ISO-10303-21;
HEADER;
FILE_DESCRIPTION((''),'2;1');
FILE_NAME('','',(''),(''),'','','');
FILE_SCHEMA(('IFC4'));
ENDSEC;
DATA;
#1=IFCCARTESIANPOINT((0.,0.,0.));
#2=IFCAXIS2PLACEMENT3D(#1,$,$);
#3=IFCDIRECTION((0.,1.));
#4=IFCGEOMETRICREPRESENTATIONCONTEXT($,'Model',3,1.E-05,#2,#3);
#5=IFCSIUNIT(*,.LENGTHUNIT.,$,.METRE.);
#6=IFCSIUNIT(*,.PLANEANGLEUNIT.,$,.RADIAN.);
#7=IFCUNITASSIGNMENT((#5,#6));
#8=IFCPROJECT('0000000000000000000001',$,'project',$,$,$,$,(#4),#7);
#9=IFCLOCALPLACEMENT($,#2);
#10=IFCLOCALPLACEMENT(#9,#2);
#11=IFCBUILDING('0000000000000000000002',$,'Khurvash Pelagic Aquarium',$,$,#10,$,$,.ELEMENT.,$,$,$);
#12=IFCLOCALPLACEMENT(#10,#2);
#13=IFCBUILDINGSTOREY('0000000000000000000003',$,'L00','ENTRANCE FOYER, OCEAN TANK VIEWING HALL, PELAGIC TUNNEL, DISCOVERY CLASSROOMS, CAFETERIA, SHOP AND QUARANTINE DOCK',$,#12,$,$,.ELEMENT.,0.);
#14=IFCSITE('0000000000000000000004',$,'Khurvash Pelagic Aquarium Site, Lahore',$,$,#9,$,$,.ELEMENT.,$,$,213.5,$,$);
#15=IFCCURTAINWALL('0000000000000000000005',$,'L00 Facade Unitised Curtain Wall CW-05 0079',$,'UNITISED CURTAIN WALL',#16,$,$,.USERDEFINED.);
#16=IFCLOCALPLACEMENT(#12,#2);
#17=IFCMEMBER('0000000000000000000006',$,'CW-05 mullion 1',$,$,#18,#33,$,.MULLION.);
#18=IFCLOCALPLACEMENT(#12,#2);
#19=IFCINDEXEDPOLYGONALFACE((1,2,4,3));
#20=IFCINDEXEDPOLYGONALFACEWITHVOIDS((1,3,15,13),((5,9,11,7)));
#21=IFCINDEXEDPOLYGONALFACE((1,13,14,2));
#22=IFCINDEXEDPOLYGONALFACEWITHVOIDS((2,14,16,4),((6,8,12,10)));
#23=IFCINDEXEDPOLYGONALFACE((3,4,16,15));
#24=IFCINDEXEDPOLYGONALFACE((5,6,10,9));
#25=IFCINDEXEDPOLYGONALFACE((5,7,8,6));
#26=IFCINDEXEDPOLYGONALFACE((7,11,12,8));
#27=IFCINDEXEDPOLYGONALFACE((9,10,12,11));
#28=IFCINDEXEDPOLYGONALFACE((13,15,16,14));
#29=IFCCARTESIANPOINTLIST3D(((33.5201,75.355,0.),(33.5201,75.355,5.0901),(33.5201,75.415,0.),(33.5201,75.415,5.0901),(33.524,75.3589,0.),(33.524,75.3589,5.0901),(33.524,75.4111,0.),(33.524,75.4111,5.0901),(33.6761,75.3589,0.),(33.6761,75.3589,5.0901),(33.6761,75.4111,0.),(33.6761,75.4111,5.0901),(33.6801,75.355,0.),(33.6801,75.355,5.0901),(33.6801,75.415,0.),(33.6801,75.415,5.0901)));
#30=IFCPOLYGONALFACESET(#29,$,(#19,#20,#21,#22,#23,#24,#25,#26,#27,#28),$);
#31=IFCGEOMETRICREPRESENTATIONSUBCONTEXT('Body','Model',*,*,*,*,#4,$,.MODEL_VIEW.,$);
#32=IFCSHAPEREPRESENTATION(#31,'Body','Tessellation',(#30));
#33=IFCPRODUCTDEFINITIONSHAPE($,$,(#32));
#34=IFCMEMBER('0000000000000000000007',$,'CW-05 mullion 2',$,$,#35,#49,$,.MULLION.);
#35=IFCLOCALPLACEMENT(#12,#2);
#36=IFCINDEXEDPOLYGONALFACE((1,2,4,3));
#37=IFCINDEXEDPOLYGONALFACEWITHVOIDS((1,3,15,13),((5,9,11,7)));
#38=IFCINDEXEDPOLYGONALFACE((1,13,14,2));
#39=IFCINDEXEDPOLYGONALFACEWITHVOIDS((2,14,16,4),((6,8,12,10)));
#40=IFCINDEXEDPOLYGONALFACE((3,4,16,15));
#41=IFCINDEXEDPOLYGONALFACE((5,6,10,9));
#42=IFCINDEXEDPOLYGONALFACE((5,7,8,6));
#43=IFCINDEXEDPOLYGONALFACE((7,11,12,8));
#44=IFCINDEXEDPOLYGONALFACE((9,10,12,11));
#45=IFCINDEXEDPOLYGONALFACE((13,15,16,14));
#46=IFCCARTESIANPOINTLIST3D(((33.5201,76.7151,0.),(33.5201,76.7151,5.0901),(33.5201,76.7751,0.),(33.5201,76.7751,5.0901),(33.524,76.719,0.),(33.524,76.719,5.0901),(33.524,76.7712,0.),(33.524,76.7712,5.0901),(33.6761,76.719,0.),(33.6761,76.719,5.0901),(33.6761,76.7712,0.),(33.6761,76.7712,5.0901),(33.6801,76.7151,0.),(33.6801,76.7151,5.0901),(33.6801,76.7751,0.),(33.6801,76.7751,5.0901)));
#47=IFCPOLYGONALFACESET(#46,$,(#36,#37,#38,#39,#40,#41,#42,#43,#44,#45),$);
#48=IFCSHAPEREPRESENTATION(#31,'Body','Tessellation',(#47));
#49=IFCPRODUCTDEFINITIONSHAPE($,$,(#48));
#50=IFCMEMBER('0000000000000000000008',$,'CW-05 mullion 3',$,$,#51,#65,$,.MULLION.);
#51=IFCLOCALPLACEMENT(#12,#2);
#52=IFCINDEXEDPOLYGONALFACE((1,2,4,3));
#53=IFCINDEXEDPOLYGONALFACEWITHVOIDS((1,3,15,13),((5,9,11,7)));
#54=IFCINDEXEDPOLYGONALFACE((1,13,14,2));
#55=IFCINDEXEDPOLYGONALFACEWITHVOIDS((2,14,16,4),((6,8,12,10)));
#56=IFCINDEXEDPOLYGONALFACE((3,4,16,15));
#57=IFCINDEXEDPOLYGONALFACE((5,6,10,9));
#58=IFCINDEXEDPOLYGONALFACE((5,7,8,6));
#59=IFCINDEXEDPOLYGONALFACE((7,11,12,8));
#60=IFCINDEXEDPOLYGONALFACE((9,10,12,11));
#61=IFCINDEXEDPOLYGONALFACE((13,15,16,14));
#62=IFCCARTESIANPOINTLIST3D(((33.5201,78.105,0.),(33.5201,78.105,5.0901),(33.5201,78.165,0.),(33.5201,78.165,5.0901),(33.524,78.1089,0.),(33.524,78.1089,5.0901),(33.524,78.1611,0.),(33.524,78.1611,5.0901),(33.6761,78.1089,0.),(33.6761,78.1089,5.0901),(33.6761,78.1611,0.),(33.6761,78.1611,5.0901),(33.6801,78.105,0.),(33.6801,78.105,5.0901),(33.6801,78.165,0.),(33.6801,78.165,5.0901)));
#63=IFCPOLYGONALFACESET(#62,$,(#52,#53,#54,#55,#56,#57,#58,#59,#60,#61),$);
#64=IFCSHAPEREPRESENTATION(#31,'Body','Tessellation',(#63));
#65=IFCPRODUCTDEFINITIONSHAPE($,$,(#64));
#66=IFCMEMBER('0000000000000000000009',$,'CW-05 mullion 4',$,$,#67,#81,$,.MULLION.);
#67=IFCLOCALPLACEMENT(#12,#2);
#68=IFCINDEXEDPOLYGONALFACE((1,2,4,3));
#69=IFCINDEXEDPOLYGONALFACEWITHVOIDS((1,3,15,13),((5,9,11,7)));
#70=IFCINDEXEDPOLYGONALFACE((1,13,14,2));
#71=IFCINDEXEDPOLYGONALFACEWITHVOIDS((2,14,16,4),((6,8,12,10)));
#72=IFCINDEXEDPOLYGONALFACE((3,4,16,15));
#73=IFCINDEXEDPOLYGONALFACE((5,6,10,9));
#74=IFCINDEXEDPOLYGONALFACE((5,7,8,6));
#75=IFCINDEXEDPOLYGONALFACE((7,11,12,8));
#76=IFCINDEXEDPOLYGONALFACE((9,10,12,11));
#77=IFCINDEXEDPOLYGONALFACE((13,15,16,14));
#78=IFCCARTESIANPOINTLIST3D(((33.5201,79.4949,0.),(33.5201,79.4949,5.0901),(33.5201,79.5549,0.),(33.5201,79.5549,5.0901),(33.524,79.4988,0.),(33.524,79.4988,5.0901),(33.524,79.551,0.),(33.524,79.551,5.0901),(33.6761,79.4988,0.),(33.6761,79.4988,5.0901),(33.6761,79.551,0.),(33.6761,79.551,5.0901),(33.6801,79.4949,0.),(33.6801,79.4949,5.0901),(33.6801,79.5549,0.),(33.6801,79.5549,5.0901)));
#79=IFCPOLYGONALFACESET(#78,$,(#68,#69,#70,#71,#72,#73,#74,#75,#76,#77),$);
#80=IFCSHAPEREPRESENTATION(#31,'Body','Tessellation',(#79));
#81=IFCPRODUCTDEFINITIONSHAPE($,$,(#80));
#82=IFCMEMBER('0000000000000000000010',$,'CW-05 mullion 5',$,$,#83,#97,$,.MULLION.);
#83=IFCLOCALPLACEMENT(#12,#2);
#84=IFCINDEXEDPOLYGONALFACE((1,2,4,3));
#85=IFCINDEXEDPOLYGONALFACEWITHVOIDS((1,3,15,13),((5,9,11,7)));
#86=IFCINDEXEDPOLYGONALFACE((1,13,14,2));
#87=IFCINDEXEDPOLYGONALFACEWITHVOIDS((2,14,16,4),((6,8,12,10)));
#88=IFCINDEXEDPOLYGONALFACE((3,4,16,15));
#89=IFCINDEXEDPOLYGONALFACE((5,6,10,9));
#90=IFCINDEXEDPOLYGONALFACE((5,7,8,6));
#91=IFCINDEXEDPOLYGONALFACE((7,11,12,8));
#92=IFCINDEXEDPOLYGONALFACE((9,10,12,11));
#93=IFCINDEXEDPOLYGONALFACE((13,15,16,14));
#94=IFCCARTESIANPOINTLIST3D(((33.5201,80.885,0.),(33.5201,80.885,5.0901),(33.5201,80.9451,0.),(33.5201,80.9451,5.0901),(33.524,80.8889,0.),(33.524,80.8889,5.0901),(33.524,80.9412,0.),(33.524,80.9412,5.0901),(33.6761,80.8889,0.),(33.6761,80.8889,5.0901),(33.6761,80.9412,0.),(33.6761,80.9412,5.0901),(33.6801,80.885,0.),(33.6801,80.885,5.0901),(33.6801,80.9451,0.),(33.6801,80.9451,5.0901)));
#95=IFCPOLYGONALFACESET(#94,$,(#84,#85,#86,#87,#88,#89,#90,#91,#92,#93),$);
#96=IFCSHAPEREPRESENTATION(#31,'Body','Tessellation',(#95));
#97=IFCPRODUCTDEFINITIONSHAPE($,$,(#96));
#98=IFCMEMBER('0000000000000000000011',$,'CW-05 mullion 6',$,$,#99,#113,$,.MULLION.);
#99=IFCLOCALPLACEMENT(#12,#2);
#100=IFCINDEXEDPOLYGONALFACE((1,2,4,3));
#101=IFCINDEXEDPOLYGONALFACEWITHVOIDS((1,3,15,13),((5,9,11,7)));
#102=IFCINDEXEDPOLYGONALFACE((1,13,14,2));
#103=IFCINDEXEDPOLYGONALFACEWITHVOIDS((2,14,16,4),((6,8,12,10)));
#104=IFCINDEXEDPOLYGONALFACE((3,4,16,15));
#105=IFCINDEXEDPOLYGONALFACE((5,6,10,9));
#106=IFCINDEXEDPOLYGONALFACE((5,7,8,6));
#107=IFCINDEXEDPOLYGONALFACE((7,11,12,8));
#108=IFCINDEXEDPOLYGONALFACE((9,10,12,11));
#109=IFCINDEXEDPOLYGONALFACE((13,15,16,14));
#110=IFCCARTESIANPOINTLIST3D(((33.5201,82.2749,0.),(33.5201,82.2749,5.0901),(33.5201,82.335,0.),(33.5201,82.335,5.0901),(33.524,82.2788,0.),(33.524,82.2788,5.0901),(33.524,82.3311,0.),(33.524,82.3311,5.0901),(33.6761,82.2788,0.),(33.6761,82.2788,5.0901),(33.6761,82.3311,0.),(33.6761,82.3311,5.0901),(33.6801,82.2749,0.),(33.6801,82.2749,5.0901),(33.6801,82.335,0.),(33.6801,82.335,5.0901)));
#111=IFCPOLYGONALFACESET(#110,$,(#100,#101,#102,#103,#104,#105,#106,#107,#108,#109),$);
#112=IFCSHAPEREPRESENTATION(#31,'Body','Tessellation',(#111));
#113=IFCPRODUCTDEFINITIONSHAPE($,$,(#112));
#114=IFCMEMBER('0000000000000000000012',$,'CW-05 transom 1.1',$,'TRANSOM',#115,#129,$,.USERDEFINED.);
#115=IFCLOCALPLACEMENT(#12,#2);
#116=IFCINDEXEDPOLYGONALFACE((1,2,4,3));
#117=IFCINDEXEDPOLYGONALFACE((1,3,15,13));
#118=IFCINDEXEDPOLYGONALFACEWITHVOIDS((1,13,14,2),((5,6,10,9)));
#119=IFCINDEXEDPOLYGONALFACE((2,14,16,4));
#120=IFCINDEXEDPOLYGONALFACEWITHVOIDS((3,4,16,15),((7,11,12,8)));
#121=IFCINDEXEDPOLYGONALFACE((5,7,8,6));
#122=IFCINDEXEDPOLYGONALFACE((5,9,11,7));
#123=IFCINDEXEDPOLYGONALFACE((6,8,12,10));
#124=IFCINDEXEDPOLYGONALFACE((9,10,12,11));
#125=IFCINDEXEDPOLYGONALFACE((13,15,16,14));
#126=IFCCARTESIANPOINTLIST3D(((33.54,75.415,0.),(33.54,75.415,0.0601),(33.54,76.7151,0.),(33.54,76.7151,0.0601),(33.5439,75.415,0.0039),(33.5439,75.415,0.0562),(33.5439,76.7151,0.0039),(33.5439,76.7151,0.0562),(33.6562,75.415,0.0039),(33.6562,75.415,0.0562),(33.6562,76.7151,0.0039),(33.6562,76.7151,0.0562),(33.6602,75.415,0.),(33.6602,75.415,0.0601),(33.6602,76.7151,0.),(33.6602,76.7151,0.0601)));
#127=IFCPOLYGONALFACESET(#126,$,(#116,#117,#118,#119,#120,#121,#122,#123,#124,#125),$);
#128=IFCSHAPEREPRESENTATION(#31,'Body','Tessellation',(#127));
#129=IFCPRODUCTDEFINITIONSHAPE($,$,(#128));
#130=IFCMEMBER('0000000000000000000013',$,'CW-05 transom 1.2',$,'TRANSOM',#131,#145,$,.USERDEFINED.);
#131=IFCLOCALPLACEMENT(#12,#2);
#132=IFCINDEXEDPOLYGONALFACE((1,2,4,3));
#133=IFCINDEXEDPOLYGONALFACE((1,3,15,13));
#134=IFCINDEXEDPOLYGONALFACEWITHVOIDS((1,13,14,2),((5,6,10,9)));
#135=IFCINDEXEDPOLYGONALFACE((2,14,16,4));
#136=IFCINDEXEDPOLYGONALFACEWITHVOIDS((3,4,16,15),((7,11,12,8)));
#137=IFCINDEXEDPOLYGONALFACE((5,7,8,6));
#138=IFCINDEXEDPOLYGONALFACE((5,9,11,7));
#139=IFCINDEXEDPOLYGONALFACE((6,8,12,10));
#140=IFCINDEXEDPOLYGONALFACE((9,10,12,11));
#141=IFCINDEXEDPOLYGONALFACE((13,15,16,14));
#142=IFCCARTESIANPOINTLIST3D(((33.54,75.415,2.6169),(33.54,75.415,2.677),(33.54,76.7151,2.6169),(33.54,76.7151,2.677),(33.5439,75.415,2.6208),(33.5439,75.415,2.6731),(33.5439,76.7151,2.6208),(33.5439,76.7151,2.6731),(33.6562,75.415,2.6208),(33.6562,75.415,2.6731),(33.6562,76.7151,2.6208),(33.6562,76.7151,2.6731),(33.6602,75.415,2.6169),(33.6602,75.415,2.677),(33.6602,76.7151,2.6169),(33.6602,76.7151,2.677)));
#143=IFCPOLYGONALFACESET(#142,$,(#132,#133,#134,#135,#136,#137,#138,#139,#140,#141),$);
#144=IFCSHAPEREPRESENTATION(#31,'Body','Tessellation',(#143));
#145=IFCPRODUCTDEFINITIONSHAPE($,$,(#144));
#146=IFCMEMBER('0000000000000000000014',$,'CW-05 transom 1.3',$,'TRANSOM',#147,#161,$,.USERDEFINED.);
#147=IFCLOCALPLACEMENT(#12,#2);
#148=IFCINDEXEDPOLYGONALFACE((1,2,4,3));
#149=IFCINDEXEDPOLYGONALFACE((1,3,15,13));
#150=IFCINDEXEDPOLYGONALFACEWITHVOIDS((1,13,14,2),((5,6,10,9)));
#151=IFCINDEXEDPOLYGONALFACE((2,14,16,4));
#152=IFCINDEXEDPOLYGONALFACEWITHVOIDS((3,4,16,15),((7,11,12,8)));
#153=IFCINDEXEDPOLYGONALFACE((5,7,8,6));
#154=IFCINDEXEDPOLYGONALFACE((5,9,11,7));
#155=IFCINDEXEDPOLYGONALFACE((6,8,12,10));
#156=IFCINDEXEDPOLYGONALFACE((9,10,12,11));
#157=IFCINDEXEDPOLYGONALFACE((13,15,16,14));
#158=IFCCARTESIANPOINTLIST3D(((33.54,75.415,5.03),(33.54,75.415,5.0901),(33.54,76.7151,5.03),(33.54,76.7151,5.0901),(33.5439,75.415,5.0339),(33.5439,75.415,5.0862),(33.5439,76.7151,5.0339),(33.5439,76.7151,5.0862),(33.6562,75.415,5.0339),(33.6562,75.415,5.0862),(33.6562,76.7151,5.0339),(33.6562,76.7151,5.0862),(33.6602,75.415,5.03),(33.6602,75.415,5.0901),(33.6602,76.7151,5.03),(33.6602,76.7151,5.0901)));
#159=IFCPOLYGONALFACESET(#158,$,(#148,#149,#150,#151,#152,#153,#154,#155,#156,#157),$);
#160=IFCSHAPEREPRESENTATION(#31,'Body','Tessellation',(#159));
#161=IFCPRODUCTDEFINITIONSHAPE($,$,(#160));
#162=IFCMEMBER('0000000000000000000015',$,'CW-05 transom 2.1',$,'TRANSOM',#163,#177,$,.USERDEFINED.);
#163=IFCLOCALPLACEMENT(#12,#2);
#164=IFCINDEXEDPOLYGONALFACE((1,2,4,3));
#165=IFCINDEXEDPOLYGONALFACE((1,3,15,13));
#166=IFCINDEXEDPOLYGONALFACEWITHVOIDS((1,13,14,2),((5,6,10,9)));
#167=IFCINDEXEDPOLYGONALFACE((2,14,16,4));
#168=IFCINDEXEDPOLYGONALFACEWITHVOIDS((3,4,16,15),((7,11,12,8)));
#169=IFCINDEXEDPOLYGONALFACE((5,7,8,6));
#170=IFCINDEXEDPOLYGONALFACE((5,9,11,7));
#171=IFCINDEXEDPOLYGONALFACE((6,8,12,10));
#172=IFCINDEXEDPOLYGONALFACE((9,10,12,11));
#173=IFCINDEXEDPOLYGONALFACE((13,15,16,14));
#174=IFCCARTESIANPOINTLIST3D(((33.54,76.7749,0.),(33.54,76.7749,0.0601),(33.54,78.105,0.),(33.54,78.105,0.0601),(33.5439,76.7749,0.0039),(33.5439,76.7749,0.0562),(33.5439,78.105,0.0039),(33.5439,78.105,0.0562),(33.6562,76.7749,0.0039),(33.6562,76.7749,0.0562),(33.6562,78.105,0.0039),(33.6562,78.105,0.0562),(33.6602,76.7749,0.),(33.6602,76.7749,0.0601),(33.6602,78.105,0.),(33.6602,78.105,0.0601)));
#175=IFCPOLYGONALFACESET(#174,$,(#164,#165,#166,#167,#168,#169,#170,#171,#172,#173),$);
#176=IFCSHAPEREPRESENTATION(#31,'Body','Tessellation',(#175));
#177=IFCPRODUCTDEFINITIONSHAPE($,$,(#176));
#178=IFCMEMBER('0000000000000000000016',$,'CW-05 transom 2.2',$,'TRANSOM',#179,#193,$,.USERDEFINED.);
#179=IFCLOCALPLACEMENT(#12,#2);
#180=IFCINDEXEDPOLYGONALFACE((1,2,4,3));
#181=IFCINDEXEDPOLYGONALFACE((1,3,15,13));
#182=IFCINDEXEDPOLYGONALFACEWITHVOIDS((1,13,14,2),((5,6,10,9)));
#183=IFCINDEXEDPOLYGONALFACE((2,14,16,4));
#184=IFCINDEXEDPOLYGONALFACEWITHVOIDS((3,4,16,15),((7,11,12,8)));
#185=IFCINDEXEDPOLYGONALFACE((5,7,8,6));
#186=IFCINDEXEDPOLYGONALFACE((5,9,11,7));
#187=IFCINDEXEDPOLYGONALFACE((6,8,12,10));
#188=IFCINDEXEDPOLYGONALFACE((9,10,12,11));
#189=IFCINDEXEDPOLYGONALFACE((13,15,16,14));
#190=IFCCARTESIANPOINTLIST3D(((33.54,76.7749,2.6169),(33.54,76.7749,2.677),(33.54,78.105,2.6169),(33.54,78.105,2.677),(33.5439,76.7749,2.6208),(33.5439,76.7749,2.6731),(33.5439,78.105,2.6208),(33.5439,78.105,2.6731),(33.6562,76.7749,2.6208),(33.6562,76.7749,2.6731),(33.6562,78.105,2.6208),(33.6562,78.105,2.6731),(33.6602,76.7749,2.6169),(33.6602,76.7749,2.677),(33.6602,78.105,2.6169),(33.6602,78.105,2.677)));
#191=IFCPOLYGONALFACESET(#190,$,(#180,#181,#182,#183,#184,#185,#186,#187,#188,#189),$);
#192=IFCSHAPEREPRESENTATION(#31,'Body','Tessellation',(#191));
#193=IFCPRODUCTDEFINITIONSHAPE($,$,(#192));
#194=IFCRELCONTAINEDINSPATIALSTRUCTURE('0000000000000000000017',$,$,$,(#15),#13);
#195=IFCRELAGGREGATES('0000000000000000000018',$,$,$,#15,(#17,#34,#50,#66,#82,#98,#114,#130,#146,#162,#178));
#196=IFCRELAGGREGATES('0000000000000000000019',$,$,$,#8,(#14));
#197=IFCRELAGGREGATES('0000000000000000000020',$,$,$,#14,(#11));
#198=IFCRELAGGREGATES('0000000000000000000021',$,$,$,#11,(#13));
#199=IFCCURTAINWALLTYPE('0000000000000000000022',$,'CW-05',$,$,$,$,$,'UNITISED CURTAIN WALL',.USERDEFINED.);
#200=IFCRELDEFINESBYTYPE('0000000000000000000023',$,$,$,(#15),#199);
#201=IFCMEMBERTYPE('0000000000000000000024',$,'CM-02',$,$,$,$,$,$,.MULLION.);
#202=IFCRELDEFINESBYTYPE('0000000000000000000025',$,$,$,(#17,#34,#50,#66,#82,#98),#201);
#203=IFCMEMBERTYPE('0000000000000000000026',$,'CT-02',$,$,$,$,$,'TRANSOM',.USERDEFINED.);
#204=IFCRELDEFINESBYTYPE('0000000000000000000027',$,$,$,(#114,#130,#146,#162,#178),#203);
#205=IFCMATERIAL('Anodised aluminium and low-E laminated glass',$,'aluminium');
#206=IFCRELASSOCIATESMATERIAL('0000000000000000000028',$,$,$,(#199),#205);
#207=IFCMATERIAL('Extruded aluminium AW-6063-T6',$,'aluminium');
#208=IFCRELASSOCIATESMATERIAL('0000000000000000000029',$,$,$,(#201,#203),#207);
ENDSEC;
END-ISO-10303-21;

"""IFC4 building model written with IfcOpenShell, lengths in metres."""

from ifc_helpers import new_model, si_unit, direction, frame, origin, origin_2d, place, context, subcontext, project, spatial, hollow_rectangle, extrude, material, material_profile, profile_set, type_object, element, aggregate, save


model = new_model("IFC4")

# Units and contexts
model_context = context("Model", 3, precision=1e-05, world=origin(), true_north=direction((0.0, 1.0)))
body_context = subcontext(model_context, "Body", "Model", "MODEL_VIEW")
ifc_project = project(units=[si_unit("LENGTHUNIT", "METRE"), si_unit("PLANEANGLEUNIT", "RADIAN")], contexts=[model_context])

# Site, building, storey
site_placement = place(None, origin())
site = spatial("IfcSite", under=ifc_project, at=site_placement, Name="Khurvash Pelagic Aquarium Site, Lahore", CompositionType="ELEMENT", RefElevation=213.5)
building_placement = place(site_placement, origin())
building = spatial("IfcBuilding", under=site, at=building_placement, Name="Khurvash Pelagic Aquarium", CompositionType="ELEMENT")
storey_placement = place(building_placement, origin())
storey = spatial("IfcBuildingStorey", under=building, at=storey_placement, Name="L00", Description="ENTRANCE FOYER, OCEAN TANK VIEWING HALL, PELAGIC TUNNEL, DISCOVERY CLASSROOMS, CAFETERIA, SHOP AND QUARANTINE DOCK", CompositionType="ELEMENT", Elevation=0.0)

# Curtain wall, members
ifc_material_1 = material(Name="Anodised aluminium and low-E laminated glass", Category="aluminium")
curtain_wall_type = type_object("IfcCurtainWallType", Name="CW-05", ElementType="UNITISED CURTAIN WALL", PredefinedType="USERDEFINED", material=ifc_material_1)
curtain_wall_placement = place(storey_placement, origin())
curtain_wall = element("IfcCurtainWall", 1, at=curtain_wall_placement, inside=storey, type_object=curtain_wall_type, Name="L00 Facade Unitised Curtain Wall CW-05 0079", ObjectType="UNITISED CURTAIN WALL", PredefinedType="USERDEFINED")
ifc_material_2 = material(Name="Extruded aluminium AW-6063-T6", Category="aluminium")
ifc_material_profile_1 = material_profile(ifc_material_2, hollow_rectangle(XDim=0.0601, YDim=0.1599, WallThickness=0.0039, at=origin_2d()), Name="CWM60X160X4")
ifc_profile_set_1 = profile_set([ifc_material_profile_1], Name="Extruded aluminium AW-6063-T6")
member_type_1 = type_object("IfcMemberType", Name="CM-02", PredefinedType="MULLION", material=ifc_profile_set_1)
member_1_placement = place(storey_placement, frame((33.6001, 75.385, 0.0), z_axis=(0.0, 0.0, 1.0), x_axis=(0.0, 1.0, 0.0)))
member_1 = element("IfcMember", 2, at=member_1_placement, type_object=member_type_1, Name="CW-05 mullion 1", PredefinedType="MULLION", context=body_context, shape_type="SweptSolid", body=[
    extrude(hollow_rectangle(XDim=0.0601, YDim=0.1599, WallThickness=0.0039, at=origin_2d()), origin(), (0.0, 0.0, 1.0), 5.0901),
])
member_2_placement = place(storey_placement, frame((33.6001, 76.7451, 0.0), z_axis=(0.0, 0.0, 1.0), x_axis=(0.0, 1.0, 0.0)))
member_2 = element("IfcMember", 3, at=member_2_placement, type_object=member_type_1, Name="CW-05 mullion 2", PredefinedType="MULLION", context=body_context, shape_type="SweptSolid", body=[
    extrude(hollow_rectangle(XDim=0.0601, YDim=0.1599, WallThickness=0.0039, at=origin_2d()), origin(), (0.0, 0.0, 1.0), 5.0901),
])
member_3_placement = place(storey_placement, frame((33.6001, 78.135, 0.0), z_axis=(0.0, 0.0, 1.0), x_axis=(0.0, 1.0, 0.0)))
member_3 = element("IfcMember", 4, at=member_3_placement, type_object=member_type_1, Name="CW-05 mullion 3", PredefinedType="MULLION", context=body_context, shape_type="SweptSolid", body=[
    extrude(hollow_rectangle(XDim=0.0601, YDim=0.1599, WallThickness=0.0039, at=origin_2d()), origin(), (0.0, 0.0, 1.0), 5.0901),
])
member_4_placement = place(storey_placement, frame((33.6001, 79.5249, 0.0), z_axis=(0.0, 0.0, 1.0), x_axis=(0.0, 1.0, 0.0)))
member_4 = element("IfcMember", 5, at=member_4_placement, type_object=member_type_1, Name="CW-05 mullion 4", PredefinedType="MULLION", context=body_context, shape_type="SweptSolid", body=[
    extrude(hollow_rectangle(XDim=0.0601, YDim=0.1599, WallThickness=0.0039, at=origin_2d()), origin(), (0.0, 0.0, 1.0), 5.0901),
])
member_5_placement = place(storey_placement, frame((33.6001, 80.915, 0.0), z_axis=(0.0, 0.0, 1.0), x_axis=(0.0, 1.0, 0.0)))
member_5 = element("IfcMember", 6, at=member_5_placement, type_object=member_type_1, Name="CW-05 mullion 5", PredefinedType="MULLION", context=body_context, shape_type="SweptSolid", body=[
    extrude(hollow_rectangle(XDim=0.0601, YDim=0.1599, WallThickness=0.0039, at=origin_2d()), origin(), (0.0, 0.0, 1.0), 5.0901),
])
member_6_placement = place(storey_placement, frame((33.6001, 82.3049, 0.0), z_axis=(0.0, 0.0, 1.0), x_axis=(0.0, 1.0, 0.0)))
member_6 = element("IfcMember", 7, at=member_6_placement, type_object=member_type_1, Name="CW-05 mullion 6", PredefinedType="MULLION", context=body_context, shape_type="SweptSolid", body=[
    extrude(hollow_rectangle(XDim=0.0601, YDim=0.1599, WallThickness=0.0039, at=origin_2d()), origin(), (0.0, 0.0, 1.0), 5.0901),
])
ifc_material_profile_2 = material_profile(ifc_material_2, hollow_rectangle(XDim=0.1201, YDim=0.0601, WallThickness=0.0039, at=origin_2d()), Name="CWT120X60X4")
ifc_profile_set_2 = profile_set([ifc_material_profile_2], Name="Extruded aluminium AW-6063-T6")
member_type_2 = type_object("IfcMemberType", Name="CT-02", ElementType="TRANSOM", PredefinedType="USERDEFINED", material=ifc_profile_set_2)
member_7_placement = place(storey_placement, frame((33.6001, 75.415, 0.03), z_axis=(0.0, 1.0, 0.0), x_axis=(-1.0, 0.0, 0.0)))
member_7 = element("IfcMember", 8, at=member_7_placement, type_object=member_type_2, Name="CW-05 transom 1.1", ObjectType="TRANSOM", PredefinedType="USERDEFINED", context=body_context, shape_type="SweptSolid", body=[
    extrude(hollow_rectangle(XDim=0.1201, YDim=0.0601, WallThickness=0.0039, at=origin_2d()), origin(), (0.0, 0.0, 1.0), 1.3),
])
member_8_placement = place(storey_placement, frame((33.6001, 75.415, 2.647), z_axis=(0.0, 1.0, 0.0), x_axis=(-1.0, 0.0, 0.0)))
member_8 = element("IfcMember", 9, at=member_8_placement, type_object=member_type_2, Name="CW-05 transom 1.2", ObjectType="TRANSOM", PredefinedType="USERDEFINED", context=body_context, shape_type="SweptSolid", body=[
    extrude(hollow_rectangle(XDim=0.1201, YDim=0.0601, WallThickness=0.0039, at=origin_2d()), origin(), (0.0, 0.0, 1.0), 1.3),
])
member_9_placement = place(storey_placement, frame((33.6001, 75.415, 5.0601), z_axis=(0.0, 1.0, 0.0), x_axis=(-1.0, 0.0, 0.0)))
member_9 = element("IfcMember", 10, at=member_9_placement, type_object=member_type_2, Name="CW-05 transom 1.3", ObjectType="TRANSOM", PredefinedType="USERDEFINED", context=body_context, shape_type="SweptSolid", body=[
    extrude(hollow_rectangle(XDim=0.1201, YDim=0.0601, WallThickness=0.0039, at=origin_2d()), origin(), (0.0, 0.0, 1.0), 1.3),
])
member_10_placement = place(storey_placement, frame((33.6001, 76.7749, 0.03), z_axis=(0.0, 1.0, 0.0), x_axis=(-1.0, 0.0, 0.0)))
member_10 = element("IfcMember", 11, at=member_10_placement, type_object=member_type_2, Name="CW-05 transom 2.1", ObjectType="TRANSOM", PredefinedType="USERDEFINED", context=body_context, shape_type="SweptSolid", body=[
    extrude(hollow_rectangle(XDim=0.1201, YDim=0.0601, WallThickness=0.0039, at=origin_2d()), origin(), (0.0, 0.0, 1.0), 1.3301),
])
member_11_placement = place(storey_placement, frame((33.6001, 76.7749, 2.647), z_axis=(0.0, 1.0, 0.0), x_axis=(-1.0, 0.0, 0.0)))
member_11 = element("IfcMember", 12, at=member_11_placement, type_object=member_type_2, Name="CW-05 transom 2.2", ObjectType="TRANSOM", PredefinedType="USERDEFINED", context=body_context, shape_type="SweptSolid", body=[
    extrude(hollow_rectangle(XDim=0.1201, YDim=0.0601, WallThickness=0.0039, at=origin_2d()), origin(), (0.0, 0.0, 1.0), 1.3301),
])

aggregate(curtain_wall, [member_1, member_2, member_3, member_4, member_5, member_6, member_7, member_8, member_9, member_10, member_11])

save(model, "model.ifc")
